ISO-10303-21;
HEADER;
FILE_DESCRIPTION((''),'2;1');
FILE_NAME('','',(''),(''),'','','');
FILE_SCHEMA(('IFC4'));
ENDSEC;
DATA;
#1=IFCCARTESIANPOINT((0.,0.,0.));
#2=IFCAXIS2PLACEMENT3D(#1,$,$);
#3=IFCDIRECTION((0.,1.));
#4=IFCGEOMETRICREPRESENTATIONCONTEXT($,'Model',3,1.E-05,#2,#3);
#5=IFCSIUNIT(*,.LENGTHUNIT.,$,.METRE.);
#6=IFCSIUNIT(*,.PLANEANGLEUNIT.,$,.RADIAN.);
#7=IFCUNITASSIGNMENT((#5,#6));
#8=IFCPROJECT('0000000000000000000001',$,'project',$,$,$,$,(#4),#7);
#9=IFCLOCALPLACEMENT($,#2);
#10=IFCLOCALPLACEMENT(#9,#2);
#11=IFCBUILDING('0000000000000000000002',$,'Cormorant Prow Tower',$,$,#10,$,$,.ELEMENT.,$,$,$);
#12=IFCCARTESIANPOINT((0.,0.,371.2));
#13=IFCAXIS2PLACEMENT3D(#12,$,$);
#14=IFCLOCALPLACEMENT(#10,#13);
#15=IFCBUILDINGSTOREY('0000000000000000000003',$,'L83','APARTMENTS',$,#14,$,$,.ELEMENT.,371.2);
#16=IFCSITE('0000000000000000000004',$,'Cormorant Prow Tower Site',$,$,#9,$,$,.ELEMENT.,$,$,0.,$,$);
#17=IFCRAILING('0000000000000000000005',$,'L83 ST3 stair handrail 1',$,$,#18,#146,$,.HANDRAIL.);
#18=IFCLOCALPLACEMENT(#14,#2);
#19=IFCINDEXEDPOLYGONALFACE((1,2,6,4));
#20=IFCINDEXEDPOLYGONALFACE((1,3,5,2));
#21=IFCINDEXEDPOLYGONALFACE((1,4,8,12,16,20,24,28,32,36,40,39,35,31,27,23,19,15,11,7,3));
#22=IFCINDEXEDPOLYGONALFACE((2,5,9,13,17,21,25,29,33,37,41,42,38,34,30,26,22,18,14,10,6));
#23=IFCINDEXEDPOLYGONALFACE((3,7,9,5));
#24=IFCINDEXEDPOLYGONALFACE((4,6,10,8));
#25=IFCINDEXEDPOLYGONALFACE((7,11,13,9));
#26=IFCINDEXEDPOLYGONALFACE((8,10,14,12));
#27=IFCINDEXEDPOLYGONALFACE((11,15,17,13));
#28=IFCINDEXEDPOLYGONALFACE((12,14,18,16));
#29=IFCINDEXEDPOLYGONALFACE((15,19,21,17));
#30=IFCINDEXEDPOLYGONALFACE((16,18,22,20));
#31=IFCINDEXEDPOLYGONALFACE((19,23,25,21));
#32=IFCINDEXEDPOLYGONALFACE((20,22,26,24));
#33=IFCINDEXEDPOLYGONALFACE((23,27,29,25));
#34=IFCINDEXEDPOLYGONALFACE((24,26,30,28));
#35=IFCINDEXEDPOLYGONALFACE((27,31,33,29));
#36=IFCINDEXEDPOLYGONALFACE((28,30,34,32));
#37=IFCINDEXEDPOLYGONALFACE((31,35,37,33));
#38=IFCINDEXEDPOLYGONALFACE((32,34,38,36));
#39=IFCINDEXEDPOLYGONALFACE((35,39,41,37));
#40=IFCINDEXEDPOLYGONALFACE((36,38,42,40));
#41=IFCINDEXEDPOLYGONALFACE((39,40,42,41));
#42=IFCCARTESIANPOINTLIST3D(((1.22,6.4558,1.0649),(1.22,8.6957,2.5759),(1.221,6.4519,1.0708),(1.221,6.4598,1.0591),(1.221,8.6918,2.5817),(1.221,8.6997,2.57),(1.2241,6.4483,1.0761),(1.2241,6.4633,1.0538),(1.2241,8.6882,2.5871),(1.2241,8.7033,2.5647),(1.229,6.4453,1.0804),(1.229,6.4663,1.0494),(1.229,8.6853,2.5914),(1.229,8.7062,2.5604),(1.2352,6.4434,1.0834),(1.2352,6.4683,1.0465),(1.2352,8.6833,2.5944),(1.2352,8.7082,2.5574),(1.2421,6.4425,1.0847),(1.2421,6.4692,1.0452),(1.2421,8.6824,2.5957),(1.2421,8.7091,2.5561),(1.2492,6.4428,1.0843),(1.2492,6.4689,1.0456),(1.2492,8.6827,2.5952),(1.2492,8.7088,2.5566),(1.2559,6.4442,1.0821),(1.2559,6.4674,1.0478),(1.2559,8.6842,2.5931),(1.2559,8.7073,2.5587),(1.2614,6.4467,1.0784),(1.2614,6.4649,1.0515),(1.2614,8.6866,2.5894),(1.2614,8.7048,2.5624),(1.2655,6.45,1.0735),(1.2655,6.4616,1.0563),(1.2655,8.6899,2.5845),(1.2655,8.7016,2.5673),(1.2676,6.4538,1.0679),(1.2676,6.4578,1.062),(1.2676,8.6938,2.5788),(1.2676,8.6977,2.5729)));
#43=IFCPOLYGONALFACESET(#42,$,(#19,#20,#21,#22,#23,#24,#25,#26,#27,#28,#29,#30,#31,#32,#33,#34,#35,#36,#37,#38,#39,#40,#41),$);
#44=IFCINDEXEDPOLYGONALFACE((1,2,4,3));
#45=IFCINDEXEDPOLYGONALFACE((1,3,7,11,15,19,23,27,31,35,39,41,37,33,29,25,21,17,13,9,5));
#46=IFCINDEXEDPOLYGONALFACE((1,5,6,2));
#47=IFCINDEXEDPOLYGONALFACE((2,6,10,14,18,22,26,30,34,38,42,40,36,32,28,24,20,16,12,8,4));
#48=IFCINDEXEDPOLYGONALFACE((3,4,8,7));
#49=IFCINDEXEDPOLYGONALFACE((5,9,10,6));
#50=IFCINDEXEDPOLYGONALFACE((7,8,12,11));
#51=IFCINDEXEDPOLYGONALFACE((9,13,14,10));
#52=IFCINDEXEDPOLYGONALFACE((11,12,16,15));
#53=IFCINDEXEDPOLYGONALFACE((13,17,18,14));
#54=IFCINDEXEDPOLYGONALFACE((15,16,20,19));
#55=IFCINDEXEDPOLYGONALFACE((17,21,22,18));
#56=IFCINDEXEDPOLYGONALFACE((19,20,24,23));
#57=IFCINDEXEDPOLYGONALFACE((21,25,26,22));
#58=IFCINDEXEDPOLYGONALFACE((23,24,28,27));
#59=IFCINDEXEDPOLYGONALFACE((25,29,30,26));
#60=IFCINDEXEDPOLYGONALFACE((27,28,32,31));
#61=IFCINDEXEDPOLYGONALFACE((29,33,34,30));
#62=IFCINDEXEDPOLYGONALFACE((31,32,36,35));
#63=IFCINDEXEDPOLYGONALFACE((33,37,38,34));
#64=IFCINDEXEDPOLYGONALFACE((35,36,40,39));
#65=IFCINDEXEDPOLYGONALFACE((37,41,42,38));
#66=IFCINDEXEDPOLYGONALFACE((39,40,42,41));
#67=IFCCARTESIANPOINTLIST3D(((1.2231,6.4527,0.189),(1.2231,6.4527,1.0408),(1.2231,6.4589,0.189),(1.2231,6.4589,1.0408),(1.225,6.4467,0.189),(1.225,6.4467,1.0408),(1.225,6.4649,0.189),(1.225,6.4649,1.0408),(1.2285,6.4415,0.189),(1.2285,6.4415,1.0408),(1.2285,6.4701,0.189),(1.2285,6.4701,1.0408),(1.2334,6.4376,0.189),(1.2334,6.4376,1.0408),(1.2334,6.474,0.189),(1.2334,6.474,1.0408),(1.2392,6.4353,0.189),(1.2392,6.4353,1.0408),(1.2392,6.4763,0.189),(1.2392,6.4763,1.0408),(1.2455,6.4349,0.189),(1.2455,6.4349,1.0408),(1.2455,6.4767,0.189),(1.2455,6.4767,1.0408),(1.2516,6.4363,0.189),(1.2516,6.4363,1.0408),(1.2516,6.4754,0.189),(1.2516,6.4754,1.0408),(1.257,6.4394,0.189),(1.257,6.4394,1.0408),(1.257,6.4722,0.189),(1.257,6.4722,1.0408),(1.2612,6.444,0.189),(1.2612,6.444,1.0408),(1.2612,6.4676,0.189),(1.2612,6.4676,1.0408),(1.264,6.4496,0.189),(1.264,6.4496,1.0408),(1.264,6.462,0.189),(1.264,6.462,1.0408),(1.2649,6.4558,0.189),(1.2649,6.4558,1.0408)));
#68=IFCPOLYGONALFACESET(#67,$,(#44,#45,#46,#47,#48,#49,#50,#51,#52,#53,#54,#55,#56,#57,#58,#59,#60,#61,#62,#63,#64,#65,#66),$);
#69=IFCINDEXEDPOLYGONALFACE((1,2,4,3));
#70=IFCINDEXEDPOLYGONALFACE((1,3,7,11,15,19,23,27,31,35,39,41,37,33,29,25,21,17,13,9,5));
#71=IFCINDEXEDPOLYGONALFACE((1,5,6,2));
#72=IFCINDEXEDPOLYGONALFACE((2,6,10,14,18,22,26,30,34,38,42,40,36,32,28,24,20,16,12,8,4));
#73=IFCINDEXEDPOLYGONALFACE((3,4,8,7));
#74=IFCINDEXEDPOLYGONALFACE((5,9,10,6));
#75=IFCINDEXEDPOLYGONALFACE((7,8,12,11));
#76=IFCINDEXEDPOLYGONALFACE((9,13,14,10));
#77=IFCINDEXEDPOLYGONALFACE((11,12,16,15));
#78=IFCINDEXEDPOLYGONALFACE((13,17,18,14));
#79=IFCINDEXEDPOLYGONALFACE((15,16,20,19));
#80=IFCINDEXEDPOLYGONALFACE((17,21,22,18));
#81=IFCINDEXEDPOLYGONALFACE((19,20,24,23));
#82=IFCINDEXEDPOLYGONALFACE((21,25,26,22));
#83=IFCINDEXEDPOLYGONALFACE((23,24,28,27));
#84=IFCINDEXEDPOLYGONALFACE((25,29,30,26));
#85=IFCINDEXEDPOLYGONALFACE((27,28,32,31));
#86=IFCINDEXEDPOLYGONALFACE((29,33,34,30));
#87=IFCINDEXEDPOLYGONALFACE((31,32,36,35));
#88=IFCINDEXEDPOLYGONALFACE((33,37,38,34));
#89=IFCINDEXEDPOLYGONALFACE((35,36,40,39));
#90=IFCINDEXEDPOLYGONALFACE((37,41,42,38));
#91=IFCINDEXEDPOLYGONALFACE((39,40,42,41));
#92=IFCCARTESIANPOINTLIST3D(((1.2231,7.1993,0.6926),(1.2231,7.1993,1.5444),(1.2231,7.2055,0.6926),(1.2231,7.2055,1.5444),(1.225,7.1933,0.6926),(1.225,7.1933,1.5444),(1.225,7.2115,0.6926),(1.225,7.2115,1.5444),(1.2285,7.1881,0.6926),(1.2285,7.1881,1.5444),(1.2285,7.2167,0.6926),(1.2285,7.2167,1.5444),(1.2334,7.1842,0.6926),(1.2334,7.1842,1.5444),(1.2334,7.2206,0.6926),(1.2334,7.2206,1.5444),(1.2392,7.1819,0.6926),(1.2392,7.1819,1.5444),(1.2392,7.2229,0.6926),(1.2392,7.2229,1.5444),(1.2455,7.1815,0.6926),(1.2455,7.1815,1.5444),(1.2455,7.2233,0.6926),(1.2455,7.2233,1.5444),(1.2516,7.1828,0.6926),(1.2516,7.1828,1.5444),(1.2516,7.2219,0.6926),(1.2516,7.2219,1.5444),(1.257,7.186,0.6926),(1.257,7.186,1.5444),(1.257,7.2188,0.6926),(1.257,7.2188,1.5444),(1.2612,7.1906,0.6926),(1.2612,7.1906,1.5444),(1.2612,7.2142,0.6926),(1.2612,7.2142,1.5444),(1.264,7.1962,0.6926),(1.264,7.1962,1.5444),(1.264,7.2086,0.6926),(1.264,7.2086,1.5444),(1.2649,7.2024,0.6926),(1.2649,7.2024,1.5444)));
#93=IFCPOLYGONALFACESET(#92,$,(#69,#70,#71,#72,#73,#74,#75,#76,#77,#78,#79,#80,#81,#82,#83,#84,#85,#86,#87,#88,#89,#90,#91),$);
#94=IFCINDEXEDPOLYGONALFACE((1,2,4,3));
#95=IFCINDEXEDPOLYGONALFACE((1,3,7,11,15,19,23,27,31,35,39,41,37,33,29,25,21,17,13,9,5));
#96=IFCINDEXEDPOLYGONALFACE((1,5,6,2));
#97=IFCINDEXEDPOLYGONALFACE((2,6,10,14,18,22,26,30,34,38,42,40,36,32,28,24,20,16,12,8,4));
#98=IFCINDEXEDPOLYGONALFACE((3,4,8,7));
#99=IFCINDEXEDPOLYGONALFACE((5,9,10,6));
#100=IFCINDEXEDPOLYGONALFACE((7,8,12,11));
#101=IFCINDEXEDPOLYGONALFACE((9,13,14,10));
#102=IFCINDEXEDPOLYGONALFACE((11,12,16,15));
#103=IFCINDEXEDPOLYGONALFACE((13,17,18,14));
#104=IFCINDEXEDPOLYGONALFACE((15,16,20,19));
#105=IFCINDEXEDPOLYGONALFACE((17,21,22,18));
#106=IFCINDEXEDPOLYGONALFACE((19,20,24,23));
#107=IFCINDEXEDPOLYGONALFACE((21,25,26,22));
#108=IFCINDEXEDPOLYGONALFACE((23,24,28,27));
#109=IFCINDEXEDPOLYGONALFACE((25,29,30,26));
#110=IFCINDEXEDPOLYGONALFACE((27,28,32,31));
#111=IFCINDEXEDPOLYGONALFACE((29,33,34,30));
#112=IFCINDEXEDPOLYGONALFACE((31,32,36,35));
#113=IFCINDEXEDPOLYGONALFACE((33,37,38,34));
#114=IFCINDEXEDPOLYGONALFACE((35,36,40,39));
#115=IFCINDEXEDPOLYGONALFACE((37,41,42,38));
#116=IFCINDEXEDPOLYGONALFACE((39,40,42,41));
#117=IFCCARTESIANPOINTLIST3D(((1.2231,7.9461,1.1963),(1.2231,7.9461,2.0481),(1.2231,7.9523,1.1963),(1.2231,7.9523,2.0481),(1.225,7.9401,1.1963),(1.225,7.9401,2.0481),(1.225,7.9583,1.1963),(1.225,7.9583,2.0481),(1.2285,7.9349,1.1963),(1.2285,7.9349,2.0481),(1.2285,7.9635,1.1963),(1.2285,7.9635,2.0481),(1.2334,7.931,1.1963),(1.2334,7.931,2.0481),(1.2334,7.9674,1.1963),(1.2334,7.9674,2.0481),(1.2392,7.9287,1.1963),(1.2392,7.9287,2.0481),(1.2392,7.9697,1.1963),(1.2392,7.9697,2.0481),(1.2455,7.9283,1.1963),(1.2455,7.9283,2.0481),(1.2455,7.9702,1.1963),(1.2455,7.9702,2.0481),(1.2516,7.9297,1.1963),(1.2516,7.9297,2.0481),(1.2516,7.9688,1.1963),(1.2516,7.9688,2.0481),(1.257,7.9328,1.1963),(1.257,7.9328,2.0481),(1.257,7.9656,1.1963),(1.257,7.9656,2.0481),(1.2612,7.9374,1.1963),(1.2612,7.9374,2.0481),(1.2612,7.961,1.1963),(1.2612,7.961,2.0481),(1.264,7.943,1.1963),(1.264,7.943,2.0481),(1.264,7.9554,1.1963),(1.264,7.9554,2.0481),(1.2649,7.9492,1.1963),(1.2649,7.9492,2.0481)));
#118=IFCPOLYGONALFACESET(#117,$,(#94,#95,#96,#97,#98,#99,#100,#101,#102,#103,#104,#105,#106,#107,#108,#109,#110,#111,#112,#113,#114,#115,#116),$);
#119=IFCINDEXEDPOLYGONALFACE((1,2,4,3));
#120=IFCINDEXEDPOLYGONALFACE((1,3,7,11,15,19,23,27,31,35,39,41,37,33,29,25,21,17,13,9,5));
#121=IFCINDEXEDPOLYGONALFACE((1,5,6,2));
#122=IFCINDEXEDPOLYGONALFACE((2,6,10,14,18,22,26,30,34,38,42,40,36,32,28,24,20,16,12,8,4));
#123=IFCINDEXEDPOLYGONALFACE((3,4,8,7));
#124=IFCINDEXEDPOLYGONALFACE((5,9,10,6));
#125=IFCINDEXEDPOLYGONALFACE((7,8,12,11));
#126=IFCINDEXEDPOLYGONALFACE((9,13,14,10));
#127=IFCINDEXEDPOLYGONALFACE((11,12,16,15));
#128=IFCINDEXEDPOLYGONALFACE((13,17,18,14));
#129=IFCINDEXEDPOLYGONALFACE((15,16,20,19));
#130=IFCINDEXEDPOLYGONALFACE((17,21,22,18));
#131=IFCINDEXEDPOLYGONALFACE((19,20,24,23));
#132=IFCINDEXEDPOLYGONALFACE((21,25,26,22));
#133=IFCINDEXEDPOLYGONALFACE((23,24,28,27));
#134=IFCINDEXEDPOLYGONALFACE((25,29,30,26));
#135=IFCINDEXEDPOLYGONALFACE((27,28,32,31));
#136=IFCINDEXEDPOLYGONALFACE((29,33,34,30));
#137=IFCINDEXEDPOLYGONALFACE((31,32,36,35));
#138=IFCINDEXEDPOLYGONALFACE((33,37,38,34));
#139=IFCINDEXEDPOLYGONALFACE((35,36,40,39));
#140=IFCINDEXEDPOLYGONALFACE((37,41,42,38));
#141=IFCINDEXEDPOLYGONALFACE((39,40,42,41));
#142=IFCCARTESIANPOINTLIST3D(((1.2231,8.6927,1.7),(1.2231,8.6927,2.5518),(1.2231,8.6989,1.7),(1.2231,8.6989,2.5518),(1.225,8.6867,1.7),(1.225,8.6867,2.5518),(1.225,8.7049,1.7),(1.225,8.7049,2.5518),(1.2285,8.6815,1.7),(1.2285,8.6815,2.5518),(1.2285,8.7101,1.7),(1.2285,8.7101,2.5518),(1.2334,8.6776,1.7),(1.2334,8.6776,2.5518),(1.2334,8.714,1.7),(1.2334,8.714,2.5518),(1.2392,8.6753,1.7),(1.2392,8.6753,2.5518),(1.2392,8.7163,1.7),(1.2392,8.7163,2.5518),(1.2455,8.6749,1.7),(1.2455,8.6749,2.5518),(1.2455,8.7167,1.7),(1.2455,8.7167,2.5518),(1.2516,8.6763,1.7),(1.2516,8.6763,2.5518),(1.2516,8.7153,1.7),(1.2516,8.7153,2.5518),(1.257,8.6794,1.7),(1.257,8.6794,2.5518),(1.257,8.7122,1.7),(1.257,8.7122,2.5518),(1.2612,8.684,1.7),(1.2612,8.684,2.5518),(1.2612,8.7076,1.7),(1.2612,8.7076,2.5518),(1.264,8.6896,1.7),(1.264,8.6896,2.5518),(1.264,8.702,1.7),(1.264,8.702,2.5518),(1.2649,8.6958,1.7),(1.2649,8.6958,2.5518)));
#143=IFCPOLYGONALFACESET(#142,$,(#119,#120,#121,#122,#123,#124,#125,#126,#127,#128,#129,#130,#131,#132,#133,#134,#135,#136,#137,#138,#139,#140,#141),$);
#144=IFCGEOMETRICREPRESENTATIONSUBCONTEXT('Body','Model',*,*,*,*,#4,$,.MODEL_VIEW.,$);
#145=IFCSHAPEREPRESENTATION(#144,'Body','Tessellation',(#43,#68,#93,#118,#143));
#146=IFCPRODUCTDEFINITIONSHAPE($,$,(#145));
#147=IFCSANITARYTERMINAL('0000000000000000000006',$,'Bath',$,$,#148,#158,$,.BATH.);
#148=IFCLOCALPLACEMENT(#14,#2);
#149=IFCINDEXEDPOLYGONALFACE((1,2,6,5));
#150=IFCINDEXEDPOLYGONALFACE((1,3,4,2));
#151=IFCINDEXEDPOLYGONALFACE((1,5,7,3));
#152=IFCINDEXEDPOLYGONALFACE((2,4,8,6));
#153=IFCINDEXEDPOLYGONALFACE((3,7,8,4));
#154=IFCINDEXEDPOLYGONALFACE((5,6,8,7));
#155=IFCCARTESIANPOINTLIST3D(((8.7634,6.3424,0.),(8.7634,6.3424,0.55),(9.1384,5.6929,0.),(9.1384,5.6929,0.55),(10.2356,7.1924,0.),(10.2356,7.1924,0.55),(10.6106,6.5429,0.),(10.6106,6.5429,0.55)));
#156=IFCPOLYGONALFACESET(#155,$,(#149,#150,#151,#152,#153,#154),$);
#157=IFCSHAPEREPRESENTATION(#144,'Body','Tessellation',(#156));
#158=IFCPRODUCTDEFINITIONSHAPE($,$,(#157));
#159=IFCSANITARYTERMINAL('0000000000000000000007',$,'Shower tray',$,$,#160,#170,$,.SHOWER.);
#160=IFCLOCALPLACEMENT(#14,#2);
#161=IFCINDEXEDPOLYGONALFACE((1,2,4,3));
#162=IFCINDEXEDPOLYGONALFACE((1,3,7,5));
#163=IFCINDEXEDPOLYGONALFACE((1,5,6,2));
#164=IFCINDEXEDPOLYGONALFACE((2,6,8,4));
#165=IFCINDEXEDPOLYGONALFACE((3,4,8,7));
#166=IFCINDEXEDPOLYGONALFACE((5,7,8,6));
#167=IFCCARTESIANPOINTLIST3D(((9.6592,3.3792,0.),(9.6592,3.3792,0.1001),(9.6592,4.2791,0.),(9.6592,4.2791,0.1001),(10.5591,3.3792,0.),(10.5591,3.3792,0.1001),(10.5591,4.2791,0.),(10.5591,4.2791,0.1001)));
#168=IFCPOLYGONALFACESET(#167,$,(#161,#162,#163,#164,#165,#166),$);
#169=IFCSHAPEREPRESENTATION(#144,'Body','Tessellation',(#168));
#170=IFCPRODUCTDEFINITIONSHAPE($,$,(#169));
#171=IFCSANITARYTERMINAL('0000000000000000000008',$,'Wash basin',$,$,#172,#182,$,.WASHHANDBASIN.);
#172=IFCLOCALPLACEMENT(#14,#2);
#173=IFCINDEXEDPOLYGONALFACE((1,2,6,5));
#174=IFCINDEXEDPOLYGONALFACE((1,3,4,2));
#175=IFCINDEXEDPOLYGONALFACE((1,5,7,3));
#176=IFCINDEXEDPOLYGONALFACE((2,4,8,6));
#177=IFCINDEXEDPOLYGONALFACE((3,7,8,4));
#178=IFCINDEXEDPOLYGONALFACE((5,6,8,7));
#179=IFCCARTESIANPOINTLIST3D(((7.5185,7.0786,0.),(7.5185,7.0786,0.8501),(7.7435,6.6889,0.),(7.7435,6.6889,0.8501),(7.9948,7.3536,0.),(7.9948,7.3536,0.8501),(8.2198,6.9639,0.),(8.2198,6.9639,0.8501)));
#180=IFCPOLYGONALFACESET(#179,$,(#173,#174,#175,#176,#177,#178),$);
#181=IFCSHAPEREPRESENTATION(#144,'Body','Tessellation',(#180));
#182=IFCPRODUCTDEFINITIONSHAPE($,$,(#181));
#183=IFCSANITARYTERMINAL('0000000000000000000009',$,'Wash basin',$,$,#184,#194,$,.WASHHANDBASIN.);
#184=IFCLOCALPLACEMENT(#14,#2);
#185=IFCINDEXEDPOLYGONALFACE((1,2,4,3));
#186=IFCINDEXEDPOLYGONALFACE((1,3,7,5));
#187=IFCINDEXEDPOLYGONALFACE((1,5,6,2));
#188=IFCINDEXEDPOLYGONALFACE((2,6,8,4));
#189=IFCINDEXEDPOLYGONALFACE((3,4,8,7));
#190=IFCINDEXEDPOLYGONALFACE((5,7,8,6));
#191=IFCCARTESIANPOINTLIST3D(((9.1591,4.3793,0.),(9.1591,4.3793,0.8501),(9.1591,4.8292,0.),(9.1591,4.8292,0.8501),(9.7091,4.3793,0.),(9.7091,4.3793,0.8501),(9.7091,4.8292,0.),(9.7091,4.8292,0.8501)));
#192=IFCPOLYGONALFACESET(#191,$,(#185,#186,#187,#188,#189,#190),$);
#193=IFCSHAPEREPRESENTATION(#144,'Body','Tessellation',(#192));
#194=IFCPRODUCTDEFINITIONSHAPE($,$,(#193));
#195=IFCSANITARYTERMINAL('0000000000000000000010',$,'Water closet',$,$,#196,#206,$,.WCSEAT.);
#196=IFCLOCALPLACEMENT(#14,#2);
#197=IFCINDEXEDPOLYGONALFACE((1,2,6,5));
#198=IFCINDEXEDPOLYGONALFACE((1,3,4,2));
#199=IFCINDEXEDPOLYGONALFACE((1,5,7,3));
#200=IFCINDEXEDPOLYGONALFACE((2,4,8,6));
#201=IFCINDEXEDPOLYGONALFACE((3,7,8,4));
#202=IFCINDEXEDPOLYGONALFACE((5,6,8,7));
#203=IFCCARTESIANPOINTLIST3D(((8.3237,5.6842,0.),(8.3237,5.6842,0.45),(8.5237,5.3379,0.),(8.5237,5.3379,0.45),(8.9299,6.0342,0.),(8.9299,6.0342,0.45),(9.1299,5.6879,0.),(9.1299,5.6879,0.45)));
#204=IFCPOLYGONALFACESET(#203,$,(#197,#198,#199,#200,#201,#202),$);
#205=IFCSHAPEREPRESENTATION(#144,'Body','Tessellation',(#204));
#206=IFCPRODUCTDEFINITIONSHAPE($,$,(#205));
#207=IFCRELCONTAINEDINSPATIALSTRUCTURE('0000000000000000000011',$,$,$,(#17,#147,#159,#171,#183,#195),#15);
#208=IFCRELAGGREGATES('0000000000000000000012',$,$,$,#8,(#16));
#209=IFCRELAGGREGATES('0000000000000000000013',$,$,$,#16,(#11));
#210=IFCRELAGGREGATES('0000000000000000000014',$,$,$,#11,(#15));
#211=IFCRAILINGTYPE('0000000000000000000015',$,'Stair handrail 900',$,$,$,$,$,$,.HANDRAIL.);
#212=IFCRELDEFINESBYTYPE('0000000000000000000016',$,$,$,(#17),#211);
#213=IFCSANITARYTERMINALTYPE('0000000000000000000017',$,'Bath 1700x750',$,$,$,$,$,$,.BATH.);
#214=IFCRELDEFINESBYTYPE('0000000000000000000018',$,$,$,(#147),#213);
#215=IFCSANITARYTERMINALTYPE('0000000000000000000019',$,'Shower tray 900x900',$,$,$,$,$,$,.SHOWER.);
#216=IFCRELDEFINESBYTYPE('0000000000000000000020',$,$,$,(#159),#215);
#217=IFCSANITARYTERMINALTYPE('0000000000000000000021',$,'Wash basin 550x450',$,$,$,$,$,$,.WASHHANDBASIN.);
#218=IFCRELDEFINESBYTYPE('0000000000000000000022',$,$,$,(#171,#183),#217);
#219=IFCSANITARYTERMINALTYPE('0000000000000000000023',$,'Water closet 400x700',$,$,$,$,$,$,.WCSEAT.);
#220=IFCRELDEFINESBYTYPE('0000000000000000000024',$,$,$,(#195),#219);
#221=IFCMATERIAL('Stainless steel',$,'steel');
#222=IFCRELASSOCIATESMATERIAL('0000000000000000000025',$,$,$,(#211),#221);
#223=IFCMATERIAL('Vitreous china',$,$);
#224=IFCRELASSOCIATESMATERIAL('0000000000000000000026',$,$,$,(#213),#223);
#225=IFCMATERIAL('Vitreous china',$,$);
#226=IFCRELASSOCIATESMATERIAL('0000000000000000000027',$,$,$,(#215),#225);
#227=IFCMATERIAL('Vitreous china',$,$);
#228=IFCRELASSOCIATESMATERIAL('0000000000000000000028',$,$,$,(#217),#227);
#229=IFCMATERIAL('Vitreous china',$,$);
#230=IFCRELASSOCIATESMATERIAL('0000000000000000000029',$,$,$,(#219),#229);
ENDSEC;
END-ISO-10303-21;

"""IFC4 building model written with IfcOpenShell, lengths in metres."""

from ifc_helpers import new_model, si_unit, direction, frame, origin, origin_2d, place, context, subcontext, project, spatial, rectangle, circle, extrude, material, type_object, element, save


model = new_model("IFC4")

# Units and contexts
model_context = context("Model", 3, precision=1e-05, world=origin(), true_north=direction((0.0, 1.0)))
body_context = subcontext(model_context, "Body", "Model", "MODEL_VIEW")
ifc_project = project(units=[si_unit("LENGTHUNIT", "METRE"), si_unit("PLANEANGLEUNIT", "RADIAN")], contexts=[model_context])

# Site, building, storey
site_placement = place(None, origin())
site = spatial("IfcSite", under=ifc_project, at=site_placement, Name="Cormorant Prow Tower Site", CompositionType="ELEMENT", RefElevation=0.0)
building_placement = place(site_placement, origin())
building = spatial("IfcBuilding", under=site, at=building_placement, Name="Cormorant Prow Tower", CompositionType="ELEMENT")
storey_placement = place(building_placement, frame((0.0, 0.0, 371.2)))
storey = spatial("IfcBuildingStorey", under=building, at=storey_placement, Name="L83", Description="APARTMENTS", CompositionType="ELEMENT", Elevation=371.2)

# Railing
ifc_material_1 = material(Name="Stainless steel", Category="steel")
railing_type_1 = type_object("IfcRailingType", Name="Stair handrail 900", PredefinedType="HANDRAIL", material=ifc_material_1)
railing_1_placement = place(storey_placement, frame((1.2439, 6.4558, 0.189)))
element("IfcRailing", 1, at=railing_1_placement, inside=storey, type_object=railing_type_1, Name="L83 ST3 stair handrail 1", PredefinedType="HANDRAIL", context=body_context, shape_type="SweptSolid", body=[
    extrude(circle(Radius=0.0239, at=origin_2d()), frame((0.0, 0.0, 0.876), z_axis=(0.0, 0.829021, 0.559217), x_axis=(-1.0, 0.0, 0.0)), (0.0, 0.0, 1.0), 2.7019),
    extrude(circle(Radius=0.021, at=origin_2d()), origin(), (0.0, 0.0, 1.0), 0.8518),
    extrude(circle(Radius=0.021, at=origin_2d()), frame((0.0, 0.7466, 0.5037)), (0.0, 0.0, 1.0), 0.8518),
    extrude(circle(Radius=0.021, at=origin_2d()), frame((0.0, 1.4934, 1.0073)), (0.0, 0.0, 1.0), 0.8518),
    extrude(circle(Radius=0.021, at=origin_2d()), frame((0.0, 2.24, 1.511)), (0.0, 0.0, 1.0), 0.8518),
])

# Sanitary terminals
ifc_material_2 = material(Name="Vitreous china")
sanitary_terminal_type_1 = type_object("IfcSanitaryTerminalType", Name="Bath 1700x750", PredefinedType="BATH", material=ifc_material_2)
sanitary_terminal_1_placement = place(storey_placement, frame((9.687, 6.4426, 0.0), z_axis=(0.0, 0.0, 1.0), x_axis=(-0.866025, -0.5, 0.0)))
element("IfcSanitaryTerminal", 2, at=sanitary_terminal_1_placement, inside=storey, type_object=sanitary_terminal_type_1, Name="Bath", PredefinedType="BATH", context=body_context, shape_type="SweptSolid", body=[
    extrude(rectangle(XDim=1.7, YDim=0.75, at=origin_2d()), origin(), (0.0, 0.0, 1.0), 0.55),
])
ifc_material_3 = material(Name="Vitreous china")
sanitary_terminal_type_2 = type_object("IfcSanitaryTerminalType", Name="Shower tray 900x900", PredefinedType="SHOWER", material=ifc_material_3)
sanitary_terminal_2_placement = place(storey_placement, frame((10.1091, 3.8291, 0.0), z_axis=(0.0, 0.0, 1.0), x_axis=(1.0, 0.0, 0.0)))
element("IfcSanitaryTerminal", 3, at=sanitary_terminal_2_placement, inside=storey, type_object=sanitary_terminal_type_2, Name="Shower tray", PredefinedType="SHOWER", context=body_context, shape_type="SweptSolid", body=[
    extrude(rectangle(XDim=0.8999, YDim=0.8999, at=origin_2d()), origin(), (0.0, 0.0, 1.0), 0.1001),
])
ifc_material_4 = material(Name="Vitreous china")
sanitary_terminal_type_3 = type_object("IfcSanitaryTerminalType", Name="Wash basin 550x450", PredefinedType="WASHHANDBASIN", material=ifc_material_4)
for number, where, z_axis, x_axis, name in (
    (4, (7.8691, 7.0212, 0.0), (0.0, 0.0, 1.0), (0.866025, 0.5, 0.0), "Wash basin"),
    (5, (9.4341, 4.6042, 0.0), (0.0, 0.0, 1.0), (1.0, 0.0, 0.0), "Wash basin"),
):
    element("IfcSanitaryTerminal", number, at=place(storey_placement, frame(where, z_axis=z_axis, x_axis=x_axis)), inside=storey, type_object=sanitary_terminal_type_3, Name=name, PredefinedType="WASHHANDBASIN", context=body_context, shape_type="SweptSolid", body=[
        extrude(rectangle(XDim=0.55, YDim=0.45, at=origin_2d()), origin(), (0.0, 0.0, 1.0), 0.8501),
    ])
ifc_material_5 = material(Name="Vitreous china")
sanitary_terminal_type_4 = type_object("IfcSanitaryTerminalType", Name="Water closet 400x700", PredefinedType="WCSEAT", material=ifc_material_5)
for number, where, z_axis, x_axis, name in (
    (6, (8.7268, 5.686, 0.0), (0.0, 0.0, 1.0), (-0.5, 0.866025, 0.0), "Water closet"),
):
    element("IfcSanitaryTerminal", number, at=place(storey_placement, frame(where, z_axis=z_axis, x_axis=x_axis)), inside=storey, type_object=sanitary_terminal_type_4, Name=name, PredefinedType="WCSEAT", context=body_context, shape_type="SweptSolid", body=[
        extrude(rectangle(XDim=0.3999, YDim=0.7, at=origin_2d()), origin(), (0.0, 0.0, 1.0), 0.45),
    ])

save(model, "model.ifc")
